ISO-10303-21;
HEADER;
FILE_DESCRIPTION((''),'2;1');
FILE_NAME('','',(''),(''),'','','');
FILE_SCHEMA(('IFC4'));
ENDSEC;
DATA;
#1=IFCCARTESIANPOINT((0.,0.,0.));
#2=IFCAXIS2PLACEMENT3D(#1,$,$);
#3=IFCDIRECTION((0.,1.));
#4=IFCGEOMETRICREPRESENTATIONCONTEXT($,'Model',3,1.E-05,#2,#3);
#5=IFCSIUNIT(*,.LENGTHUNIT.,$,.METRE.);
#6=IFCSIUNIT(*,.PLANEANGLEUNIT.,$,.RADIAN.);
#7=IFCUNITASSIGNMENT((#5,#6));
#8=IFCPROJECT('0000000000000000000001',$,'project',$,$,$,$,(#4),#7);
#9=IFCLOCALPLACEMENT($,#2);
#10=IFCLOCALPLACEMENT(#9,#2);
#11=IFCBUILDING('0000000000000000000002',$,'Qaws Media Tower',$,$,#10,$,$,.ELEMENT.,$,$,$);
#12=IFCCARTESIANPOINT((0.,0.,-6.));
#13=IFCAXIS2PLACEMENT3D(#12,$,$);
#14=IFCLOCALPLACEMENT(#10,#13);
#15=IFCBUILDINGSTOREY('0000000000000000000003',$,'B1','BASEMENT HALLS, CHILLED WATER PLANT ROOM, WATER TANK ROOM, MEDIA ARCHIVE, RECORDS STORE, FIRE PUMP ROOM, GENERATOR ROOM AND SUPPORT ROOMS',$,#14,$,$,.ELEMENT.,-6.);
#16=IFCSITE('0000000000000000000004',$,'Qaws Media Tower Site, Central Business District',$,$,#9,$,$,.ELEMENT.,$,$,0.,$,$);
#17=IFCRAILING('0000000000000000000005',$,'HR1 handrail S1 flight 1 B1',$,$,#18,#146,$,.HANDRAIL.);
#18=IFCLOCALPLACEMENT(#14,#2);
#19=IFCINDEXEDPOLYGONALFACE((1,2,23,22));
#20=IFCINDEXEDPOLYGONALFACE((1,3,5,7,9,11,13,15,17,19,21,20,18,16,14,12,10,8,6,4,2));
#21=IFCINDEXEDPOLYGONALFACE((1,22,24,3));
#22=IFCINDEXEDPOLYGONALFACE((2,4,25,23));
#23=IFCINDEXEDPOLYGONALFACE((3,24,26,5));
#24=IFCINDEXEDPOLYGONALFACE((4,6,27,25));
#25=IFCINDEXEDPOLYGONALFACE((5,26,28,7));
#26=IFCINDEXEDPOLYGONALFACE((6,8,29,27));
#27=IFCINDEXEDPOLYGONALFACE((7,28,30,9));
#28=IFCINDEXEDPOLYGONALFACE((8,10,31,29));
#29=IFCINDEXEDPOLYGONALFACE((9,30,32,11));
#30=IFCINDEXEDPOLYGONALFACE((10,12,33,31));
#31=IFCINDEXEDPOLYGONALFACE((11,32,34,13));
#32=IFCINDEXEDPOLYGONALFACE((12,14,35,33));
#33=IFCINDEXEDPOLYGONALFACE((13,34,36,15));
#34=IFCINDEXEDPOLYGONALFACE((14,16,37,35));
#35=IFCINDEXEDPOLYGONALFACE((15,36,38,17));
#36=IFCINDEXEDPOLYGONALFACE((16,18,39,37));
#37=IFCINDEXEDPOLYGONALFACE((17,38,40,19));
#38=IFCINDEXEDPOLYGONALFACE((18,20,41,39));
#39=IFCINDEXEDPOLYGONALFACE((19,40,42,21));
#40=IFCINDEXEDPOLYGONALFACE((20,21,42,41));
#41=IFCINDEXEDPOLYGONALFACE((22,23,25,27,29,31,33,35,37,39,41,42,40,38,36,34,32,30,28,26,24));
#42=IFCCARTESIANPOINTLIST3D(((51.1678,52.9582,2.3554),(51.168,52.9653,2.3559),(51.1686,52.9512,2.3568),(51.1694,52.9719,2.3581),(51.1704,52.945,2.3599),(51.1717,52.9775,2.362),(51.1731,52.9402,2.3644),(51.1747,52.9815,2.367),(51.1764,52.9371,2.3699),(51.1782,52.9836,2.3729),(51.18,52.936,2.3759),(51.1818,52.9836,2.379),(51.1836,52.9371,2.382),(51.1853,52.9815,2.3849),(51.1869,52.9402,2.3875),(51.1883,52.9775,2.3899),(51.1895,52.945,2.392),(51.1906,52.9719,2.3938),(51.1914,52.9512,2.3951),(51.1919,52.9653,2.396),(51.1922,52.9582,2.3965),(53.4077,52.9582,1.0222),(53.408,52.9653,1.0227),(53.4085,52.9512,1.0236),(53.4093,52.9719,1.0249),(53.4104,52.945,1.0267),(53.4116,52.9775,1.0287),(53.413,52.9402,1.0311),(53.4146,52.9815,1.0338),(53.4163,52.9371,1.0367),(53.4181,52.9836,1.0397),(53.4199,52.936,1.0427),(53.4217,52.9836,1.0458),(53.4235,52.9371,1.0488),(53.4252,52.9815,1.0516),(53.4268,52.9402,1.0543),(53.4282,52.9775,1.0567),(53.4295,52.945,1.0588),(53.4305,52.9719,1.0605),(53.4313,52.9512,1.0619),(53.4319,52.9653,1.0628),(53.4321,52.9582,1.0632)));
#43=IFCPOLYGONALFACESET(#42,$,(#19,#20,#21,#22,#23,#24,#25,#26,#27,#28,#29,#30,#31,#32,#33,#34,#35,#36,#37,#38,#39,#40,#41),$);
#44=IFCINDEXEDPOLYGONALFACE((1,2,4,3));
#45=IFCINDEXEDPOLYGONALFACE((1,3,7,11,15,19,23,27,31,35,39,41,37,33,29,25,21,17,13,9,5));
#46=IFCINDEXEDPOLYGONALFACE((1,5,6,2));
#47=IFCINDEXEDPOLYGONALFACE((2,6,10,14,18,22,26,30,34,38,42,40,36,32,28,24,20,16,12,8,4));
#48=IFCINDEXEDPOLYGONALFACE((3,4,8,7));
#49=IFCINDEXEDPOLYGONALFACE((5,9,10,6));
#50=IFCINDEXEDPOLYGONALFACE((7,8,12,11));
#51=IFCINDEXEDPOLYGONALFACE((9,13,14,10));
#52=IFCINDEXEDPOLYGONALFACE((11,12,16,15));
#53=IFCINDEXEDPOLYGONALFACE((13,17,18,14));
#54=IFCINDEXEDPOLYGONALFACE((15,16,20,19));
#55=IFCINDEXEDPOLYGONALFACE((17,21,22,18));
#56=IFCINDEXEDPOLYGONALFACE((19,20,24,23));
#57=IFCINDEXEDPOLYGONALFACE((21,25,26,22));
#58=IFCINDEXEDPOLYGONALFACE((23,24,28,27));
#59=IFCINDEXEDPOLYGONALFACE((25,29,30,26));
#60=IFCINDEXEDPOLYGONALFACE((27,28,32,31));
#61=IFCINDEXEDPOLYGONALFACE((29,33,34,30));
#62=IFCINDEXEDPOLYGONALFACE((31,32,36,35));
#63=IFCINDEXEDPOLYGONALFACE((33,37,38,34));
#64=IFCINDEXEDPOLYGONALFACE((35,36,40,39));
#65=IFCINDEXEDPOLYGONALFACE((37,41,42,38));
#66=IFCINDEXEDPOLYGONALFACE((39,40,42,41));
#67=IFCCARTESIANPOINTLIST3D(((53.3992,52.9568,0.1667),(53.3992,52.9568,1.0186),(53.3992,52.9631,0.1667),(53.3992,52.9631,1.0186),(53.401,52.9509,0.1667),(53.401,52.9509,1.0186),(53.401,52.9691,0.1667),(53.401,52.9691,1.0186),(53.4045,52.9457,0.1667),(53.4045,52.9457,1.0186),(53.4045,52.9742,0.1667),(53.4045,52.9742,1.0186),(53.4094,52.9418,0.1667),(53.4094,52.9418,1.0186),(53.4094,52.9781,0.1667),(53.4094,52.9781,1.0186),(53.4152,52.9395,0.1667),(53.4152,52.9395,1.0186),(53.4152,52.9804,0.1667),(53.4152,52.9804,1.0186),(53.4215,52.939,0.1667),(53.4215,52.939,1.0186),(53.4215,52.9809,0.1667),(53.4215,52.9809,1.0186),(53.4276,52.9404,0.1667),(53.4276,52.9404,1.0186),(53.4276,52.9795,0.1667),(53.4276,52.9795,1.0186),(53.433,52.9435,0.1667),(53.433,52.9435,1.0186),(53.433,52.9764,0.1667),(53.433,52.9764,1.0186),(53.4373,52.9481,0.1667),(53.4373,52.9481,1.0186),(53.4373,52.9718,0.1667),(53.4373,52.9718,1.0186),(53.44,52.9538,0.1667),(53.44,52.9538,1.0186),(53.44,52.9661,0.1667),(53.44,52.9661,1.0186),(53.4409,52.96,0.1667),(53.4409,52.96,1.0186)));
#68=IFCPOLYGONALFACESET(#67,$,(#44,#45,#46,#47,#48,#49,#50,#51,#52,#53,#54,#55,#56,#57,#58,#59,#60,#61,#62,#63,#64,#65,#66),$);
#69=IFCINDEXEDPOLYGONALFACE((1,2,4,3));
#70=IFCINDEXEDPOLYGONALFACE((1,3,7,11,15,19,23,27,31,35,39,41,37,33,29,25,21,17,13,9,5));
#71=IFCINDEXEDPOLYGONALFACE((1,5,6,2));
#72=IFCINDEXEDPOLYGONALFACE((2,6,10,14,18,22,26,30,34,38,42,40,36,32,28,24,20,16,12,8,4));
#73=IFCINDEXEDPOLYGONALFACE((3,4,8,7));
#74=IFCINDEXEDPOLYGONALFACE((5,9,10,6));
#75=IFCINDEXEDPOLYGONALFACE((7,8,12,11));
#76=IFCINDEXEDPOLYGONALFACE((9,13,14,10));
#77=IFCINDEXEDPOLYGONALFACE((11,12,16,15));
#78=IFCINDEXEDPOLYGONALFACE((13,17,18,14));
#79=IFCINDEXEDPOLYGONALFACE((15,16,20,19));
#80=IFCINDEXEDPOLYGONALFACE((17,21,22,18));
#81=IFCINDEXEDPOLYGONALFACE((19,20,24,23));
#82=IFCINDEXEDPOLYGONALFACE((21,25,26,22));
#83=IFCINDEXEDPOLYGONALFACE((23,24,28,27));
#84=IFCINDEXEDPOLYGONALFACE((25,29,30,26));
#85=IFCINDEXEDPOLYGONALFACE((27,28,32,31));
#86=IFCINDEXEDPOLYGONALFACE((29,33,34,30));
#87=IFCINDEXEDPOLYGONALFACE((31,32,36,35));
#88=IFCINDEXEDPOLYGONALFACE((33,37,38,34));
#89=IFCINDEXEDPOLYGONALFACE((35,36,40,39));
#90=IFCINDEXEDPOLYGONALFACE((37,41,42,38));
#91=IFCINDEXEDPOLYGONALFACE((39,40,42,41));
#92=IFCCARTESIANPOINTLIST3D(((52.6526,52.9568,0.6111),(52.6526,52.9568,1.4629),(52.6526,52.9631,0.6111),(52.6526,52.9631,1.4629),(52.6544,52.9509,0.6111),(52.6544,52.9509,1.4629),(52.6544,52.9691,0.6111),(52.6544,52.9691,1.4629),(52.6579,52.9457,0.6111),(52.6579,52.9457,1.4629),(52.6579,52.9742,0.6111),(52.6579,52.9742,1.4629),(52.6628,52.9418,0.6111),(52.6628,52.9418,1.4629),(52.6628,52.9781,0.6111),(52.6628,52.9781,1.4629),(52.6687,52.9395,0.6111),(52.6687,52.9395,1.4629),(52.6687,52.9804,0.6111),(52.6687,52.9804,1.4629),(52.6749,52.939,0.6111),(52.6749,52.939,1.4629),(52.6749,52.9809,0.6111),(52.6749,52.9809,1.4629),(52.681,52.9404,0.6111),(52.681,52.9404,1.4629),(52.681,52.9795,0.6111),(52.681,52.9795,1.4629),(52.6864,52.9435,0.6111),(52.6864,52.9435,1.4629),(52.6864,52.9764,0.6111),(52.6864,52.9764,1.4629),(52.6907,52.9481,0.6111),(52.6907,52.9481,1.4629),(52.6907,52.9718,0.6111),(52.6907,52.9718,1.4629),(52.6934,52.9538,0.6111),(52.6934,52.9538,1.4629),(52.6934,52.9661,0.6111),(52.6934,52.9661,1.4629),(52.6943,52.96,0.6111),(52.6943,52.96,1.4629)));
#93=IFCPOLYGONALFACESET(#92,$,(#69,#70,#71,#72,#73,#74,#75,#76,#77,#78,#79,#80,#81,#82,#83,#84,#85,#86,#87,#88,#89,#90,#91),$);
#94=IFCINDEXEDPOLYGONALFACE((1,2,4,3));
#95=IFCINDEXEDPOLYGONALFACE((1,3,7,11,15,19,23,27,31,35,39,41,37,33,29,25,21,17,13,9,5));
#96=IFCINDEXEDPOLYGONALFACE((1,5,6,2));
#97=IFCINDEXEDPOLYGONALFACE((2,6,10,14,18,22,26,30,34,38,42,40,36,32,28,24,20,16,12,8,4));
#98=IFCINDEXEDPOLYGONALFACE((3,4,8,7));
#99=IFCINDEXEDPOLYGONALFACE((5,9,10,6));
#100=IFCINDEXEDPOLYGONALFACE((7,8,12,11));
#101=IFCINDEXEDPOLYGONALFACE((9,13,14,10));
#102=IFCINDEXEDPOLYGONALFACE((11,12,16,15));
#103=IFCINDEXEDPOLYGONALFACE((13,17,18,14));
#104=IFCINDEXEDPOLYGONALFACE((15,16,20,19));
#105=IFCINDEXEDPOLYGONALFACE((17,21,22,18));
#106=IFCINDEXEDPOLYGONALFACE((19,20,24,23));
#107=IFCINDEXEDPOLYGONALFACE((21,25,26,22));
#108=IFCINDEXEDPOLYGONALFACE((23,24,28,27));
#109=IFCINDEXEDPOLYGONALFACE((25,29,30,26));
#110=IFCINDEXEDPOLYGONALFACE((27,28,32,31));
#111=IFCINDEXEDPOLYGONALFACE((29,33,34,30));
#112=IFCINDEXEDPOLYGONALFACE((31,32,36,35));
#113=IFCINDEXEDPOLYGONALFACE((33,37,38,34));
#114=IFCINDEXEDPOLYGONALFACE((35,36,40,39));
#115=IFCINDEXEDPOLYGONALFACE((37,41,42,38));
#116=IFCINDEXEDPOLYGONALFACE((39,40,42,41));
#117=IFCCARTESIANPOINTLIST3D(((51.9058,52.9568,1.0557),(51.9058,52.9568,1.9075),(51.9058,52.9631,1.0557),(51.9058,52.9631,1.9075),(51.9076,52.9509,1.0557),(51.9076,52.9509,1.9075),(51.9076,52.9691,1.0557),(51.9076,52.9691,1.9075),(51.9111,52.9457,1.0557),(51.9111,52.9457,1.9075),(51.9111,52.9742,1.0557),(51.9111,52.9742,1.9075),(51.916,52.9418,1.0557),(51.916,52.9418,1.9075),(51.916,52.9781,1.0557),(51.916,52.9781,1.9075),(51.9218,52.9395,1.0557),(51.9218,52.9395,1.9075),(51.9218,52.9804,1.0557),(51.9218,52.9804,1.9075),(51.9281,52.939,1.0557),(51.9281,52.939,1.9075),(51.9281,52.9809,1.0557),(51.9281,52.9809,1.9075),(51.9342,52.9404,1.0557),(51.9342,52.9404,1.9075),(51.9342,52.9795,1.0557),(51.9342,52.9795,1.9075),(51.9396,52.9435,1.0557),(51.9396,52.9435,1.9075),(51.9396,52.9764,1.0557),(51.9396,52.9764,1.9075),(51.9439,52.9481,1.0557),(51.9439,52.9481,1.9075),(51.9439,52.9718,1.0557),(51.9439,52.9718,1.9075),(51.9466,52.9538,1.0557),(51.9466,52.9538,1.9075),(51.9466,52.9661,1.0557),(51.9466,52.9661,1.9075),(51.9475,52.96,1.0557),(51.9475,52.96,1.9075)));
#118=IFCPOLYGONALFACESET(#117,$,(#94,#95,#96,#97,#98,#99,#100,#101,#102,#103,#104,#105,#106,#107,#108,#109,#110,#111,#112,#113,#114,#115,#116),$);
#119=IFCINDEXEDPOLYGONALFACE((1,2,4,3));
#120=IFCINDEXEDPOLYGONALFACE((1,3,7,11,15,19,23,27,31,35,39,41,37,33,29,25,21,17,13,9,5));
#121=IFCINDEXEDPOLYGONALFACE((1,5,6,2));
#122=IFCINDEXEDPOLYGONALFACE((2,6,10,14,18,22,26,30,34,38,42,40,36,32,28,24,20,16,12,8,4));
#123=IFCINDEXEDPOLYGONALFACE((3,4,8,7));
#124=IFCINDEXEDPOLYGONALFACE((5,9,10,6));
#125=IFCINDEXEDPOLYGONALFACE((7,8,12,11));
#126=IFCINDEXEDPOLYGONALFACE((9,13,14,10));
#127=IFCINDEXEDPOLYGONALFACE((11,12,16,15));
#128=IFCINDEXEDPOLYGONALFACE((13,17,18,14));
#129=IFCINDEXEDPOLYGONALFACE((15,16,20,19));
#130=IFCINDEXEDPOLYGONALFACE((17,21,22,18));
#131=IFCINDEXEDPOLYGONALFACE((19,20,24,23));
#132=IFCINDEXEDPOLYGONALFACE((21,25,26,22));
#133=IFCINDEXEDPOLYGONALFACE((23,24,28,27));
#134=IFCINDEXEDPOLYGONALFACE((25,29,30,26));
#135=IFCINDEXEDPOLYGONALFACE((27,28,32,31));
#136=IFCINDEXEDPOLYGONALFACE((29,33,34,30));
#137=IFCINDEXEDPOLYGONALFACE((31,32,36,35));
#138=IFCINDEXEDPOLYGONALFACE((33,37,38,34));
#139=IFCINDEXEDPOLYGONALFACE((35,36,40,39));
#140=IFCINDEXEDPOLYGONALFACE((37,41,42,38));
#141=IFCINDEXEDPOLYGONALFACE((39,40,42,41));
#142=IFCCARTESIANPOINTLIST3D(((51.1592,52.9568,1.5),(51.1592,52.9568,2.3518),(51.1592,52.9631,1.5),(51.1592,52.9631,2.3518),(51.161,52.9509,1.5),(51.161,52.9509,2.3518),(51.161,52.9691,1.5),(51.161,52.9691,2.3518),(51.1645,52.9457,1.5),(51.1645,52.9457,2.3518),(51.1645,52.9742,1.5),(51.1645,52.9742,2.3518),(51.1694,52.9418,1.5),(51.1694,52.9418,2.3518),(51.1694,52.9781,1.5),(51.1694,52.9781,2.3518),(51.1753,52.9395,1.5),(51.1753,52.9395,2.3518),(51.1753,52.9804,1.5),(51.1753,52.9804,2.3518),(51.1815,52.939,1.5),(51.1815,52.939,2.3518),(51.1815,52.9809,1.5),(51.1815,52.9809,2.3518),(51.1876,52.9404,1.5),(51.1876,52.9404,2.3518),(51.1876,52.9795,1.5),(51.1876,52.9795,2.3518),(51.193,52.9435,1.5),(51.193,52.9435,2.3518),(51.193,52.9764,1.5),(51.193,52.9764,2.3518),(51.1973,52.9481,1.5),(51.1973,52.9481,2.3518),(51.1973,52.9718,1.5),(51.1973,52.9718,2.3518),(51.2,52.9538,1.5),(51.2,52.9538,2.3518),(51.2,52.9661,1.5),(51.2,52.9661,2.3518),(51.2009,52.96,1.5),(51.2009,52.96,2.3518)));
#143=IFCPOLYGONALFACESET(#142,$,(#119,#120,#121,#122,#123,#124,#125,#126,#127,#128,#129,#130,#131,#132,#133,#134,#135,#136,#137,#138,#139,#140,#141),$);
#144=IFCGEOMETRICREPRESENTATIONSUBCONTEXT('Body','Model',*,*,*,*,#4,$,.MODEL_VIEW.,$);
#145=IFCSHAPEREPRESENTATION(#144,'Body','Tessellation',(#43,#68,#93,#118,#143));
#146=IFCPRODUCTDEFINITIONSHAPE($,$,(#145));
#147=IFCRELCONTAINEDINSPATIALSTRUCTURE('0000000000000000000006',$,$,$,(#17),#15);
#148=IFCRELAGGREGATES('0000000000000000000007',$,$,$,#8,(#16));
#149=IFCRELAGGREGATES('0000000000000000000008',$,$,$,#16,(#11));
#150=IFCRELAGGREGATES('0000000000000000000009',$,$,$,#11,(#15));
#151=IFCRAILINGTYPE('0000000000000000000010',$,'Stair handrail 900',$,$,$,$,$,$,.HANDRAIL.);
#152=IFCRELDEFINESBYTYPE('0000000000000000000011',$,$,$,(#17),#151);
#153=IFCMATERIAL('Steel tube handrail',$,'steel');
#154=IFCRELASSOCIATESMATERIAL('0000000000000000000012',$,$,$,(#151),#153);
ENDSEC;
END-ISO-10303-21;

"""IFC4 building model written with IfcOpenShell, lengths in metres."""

from ifc_helpers import new_model, si_unit, direction, frame, origin, origin_2d, place, context, subcontext, project, spatial, circle, extrude, material, type_object, element, save


model = new_model("IFC4")

# Units and contexts
model_context = context("Model", 3, precision=1e-05, world=origin(), true_north=direction((0.0, 1.0)))
body_context = subcontext(model_context, "Body", "Model", "MODEL_VIEW")
ifc_project = project(units=[si_unit("LENGTHUNIT", "METRE"), si_unit("PLANEANGLEUNIT", "RADIAN")], contexts=[model_context])

# Site, building, storey
site_placement = place(None, origin())
site = spatial("IfcSite", under=ifc_project, at=site_placement, Name="Qaws Media Tower Site, Central Business District", CompositionType="ELEMENT", RefElevation=0.0)
building_placement = place(site_placement, origin())
building = spatial("IfcBuilding", under=site, at=building_placement, Name="Qaws Media Tower", CompositionType="ELEMENT")
storey_placement = place(building_placement, frame((0.0, 0.0, -6.0)))
storey = spatial("IfcBuildingStorey", under=building, at=storey_placement, Name="B1", Description="BASEMENT HALLS, CHILLED WATER PLANT ROOM, WATER TANK ROOM, MEDIA ARCHIVE, RECORDS STORE, FIRE PUMP ROOM, GENERATOR ROOM AND SUPPORT ROOMS", CompositionType="ELEMENT", Elevation=-6.0)

# Railing
ifc_material_1 = material(Name="Steel tube handrail", Category="steel")
railing_type = type_object("IfcRailingType", Name="Stair handrail 900", PredefinedType="HANDRAIL", material=ifc_material_1)
for number, where, name in (
    (1, (53.4199, 52.96, 0.1667), "HR1 handrail S1 flight 1 B1"),
):
    element("IfcRailing", number, at=place(storey_placement, frame(where)), inside=storey, type_object=railing_type, Name=name, PredefinedType="HANDRAIL", context=body_context, shape_type="SweptSolid", body=[
        extrude(circle(Radius=0.0239, at=origin_2d()), frame((0.0, 0.0, 0.876), z_axis=(-0.859306, 0.0, 0.511462), x_axis=(0.0, -1.0, 0.0)), (0.0, 0.0, 1.0), 2.6067),
        extrude(circle(Radius=0.021, at=origin_2d()), origin(), (0.0, 0.0, 1.0), 0.8518),
        extrude(circle(Radius=0.021, at=origin_2d()), frame((-0.7466, 0.0, 0.4443)), (0.0, 0.0, 1.0), 0.8518),
        extrude(circle(Radius=0.021, at=origin_2d()), frame((-1.4934, 0.0, 0.8889)), (0.0, 0.0, 1.0), 0.8518),
        extrude(circle(Radius=0.021, at=origin_2d()), frame((-2.24, 0.0, 1.3333)), (0.0, 0.0, 1.0), 0.8518),
    ])

save(model, "model.ifc")
